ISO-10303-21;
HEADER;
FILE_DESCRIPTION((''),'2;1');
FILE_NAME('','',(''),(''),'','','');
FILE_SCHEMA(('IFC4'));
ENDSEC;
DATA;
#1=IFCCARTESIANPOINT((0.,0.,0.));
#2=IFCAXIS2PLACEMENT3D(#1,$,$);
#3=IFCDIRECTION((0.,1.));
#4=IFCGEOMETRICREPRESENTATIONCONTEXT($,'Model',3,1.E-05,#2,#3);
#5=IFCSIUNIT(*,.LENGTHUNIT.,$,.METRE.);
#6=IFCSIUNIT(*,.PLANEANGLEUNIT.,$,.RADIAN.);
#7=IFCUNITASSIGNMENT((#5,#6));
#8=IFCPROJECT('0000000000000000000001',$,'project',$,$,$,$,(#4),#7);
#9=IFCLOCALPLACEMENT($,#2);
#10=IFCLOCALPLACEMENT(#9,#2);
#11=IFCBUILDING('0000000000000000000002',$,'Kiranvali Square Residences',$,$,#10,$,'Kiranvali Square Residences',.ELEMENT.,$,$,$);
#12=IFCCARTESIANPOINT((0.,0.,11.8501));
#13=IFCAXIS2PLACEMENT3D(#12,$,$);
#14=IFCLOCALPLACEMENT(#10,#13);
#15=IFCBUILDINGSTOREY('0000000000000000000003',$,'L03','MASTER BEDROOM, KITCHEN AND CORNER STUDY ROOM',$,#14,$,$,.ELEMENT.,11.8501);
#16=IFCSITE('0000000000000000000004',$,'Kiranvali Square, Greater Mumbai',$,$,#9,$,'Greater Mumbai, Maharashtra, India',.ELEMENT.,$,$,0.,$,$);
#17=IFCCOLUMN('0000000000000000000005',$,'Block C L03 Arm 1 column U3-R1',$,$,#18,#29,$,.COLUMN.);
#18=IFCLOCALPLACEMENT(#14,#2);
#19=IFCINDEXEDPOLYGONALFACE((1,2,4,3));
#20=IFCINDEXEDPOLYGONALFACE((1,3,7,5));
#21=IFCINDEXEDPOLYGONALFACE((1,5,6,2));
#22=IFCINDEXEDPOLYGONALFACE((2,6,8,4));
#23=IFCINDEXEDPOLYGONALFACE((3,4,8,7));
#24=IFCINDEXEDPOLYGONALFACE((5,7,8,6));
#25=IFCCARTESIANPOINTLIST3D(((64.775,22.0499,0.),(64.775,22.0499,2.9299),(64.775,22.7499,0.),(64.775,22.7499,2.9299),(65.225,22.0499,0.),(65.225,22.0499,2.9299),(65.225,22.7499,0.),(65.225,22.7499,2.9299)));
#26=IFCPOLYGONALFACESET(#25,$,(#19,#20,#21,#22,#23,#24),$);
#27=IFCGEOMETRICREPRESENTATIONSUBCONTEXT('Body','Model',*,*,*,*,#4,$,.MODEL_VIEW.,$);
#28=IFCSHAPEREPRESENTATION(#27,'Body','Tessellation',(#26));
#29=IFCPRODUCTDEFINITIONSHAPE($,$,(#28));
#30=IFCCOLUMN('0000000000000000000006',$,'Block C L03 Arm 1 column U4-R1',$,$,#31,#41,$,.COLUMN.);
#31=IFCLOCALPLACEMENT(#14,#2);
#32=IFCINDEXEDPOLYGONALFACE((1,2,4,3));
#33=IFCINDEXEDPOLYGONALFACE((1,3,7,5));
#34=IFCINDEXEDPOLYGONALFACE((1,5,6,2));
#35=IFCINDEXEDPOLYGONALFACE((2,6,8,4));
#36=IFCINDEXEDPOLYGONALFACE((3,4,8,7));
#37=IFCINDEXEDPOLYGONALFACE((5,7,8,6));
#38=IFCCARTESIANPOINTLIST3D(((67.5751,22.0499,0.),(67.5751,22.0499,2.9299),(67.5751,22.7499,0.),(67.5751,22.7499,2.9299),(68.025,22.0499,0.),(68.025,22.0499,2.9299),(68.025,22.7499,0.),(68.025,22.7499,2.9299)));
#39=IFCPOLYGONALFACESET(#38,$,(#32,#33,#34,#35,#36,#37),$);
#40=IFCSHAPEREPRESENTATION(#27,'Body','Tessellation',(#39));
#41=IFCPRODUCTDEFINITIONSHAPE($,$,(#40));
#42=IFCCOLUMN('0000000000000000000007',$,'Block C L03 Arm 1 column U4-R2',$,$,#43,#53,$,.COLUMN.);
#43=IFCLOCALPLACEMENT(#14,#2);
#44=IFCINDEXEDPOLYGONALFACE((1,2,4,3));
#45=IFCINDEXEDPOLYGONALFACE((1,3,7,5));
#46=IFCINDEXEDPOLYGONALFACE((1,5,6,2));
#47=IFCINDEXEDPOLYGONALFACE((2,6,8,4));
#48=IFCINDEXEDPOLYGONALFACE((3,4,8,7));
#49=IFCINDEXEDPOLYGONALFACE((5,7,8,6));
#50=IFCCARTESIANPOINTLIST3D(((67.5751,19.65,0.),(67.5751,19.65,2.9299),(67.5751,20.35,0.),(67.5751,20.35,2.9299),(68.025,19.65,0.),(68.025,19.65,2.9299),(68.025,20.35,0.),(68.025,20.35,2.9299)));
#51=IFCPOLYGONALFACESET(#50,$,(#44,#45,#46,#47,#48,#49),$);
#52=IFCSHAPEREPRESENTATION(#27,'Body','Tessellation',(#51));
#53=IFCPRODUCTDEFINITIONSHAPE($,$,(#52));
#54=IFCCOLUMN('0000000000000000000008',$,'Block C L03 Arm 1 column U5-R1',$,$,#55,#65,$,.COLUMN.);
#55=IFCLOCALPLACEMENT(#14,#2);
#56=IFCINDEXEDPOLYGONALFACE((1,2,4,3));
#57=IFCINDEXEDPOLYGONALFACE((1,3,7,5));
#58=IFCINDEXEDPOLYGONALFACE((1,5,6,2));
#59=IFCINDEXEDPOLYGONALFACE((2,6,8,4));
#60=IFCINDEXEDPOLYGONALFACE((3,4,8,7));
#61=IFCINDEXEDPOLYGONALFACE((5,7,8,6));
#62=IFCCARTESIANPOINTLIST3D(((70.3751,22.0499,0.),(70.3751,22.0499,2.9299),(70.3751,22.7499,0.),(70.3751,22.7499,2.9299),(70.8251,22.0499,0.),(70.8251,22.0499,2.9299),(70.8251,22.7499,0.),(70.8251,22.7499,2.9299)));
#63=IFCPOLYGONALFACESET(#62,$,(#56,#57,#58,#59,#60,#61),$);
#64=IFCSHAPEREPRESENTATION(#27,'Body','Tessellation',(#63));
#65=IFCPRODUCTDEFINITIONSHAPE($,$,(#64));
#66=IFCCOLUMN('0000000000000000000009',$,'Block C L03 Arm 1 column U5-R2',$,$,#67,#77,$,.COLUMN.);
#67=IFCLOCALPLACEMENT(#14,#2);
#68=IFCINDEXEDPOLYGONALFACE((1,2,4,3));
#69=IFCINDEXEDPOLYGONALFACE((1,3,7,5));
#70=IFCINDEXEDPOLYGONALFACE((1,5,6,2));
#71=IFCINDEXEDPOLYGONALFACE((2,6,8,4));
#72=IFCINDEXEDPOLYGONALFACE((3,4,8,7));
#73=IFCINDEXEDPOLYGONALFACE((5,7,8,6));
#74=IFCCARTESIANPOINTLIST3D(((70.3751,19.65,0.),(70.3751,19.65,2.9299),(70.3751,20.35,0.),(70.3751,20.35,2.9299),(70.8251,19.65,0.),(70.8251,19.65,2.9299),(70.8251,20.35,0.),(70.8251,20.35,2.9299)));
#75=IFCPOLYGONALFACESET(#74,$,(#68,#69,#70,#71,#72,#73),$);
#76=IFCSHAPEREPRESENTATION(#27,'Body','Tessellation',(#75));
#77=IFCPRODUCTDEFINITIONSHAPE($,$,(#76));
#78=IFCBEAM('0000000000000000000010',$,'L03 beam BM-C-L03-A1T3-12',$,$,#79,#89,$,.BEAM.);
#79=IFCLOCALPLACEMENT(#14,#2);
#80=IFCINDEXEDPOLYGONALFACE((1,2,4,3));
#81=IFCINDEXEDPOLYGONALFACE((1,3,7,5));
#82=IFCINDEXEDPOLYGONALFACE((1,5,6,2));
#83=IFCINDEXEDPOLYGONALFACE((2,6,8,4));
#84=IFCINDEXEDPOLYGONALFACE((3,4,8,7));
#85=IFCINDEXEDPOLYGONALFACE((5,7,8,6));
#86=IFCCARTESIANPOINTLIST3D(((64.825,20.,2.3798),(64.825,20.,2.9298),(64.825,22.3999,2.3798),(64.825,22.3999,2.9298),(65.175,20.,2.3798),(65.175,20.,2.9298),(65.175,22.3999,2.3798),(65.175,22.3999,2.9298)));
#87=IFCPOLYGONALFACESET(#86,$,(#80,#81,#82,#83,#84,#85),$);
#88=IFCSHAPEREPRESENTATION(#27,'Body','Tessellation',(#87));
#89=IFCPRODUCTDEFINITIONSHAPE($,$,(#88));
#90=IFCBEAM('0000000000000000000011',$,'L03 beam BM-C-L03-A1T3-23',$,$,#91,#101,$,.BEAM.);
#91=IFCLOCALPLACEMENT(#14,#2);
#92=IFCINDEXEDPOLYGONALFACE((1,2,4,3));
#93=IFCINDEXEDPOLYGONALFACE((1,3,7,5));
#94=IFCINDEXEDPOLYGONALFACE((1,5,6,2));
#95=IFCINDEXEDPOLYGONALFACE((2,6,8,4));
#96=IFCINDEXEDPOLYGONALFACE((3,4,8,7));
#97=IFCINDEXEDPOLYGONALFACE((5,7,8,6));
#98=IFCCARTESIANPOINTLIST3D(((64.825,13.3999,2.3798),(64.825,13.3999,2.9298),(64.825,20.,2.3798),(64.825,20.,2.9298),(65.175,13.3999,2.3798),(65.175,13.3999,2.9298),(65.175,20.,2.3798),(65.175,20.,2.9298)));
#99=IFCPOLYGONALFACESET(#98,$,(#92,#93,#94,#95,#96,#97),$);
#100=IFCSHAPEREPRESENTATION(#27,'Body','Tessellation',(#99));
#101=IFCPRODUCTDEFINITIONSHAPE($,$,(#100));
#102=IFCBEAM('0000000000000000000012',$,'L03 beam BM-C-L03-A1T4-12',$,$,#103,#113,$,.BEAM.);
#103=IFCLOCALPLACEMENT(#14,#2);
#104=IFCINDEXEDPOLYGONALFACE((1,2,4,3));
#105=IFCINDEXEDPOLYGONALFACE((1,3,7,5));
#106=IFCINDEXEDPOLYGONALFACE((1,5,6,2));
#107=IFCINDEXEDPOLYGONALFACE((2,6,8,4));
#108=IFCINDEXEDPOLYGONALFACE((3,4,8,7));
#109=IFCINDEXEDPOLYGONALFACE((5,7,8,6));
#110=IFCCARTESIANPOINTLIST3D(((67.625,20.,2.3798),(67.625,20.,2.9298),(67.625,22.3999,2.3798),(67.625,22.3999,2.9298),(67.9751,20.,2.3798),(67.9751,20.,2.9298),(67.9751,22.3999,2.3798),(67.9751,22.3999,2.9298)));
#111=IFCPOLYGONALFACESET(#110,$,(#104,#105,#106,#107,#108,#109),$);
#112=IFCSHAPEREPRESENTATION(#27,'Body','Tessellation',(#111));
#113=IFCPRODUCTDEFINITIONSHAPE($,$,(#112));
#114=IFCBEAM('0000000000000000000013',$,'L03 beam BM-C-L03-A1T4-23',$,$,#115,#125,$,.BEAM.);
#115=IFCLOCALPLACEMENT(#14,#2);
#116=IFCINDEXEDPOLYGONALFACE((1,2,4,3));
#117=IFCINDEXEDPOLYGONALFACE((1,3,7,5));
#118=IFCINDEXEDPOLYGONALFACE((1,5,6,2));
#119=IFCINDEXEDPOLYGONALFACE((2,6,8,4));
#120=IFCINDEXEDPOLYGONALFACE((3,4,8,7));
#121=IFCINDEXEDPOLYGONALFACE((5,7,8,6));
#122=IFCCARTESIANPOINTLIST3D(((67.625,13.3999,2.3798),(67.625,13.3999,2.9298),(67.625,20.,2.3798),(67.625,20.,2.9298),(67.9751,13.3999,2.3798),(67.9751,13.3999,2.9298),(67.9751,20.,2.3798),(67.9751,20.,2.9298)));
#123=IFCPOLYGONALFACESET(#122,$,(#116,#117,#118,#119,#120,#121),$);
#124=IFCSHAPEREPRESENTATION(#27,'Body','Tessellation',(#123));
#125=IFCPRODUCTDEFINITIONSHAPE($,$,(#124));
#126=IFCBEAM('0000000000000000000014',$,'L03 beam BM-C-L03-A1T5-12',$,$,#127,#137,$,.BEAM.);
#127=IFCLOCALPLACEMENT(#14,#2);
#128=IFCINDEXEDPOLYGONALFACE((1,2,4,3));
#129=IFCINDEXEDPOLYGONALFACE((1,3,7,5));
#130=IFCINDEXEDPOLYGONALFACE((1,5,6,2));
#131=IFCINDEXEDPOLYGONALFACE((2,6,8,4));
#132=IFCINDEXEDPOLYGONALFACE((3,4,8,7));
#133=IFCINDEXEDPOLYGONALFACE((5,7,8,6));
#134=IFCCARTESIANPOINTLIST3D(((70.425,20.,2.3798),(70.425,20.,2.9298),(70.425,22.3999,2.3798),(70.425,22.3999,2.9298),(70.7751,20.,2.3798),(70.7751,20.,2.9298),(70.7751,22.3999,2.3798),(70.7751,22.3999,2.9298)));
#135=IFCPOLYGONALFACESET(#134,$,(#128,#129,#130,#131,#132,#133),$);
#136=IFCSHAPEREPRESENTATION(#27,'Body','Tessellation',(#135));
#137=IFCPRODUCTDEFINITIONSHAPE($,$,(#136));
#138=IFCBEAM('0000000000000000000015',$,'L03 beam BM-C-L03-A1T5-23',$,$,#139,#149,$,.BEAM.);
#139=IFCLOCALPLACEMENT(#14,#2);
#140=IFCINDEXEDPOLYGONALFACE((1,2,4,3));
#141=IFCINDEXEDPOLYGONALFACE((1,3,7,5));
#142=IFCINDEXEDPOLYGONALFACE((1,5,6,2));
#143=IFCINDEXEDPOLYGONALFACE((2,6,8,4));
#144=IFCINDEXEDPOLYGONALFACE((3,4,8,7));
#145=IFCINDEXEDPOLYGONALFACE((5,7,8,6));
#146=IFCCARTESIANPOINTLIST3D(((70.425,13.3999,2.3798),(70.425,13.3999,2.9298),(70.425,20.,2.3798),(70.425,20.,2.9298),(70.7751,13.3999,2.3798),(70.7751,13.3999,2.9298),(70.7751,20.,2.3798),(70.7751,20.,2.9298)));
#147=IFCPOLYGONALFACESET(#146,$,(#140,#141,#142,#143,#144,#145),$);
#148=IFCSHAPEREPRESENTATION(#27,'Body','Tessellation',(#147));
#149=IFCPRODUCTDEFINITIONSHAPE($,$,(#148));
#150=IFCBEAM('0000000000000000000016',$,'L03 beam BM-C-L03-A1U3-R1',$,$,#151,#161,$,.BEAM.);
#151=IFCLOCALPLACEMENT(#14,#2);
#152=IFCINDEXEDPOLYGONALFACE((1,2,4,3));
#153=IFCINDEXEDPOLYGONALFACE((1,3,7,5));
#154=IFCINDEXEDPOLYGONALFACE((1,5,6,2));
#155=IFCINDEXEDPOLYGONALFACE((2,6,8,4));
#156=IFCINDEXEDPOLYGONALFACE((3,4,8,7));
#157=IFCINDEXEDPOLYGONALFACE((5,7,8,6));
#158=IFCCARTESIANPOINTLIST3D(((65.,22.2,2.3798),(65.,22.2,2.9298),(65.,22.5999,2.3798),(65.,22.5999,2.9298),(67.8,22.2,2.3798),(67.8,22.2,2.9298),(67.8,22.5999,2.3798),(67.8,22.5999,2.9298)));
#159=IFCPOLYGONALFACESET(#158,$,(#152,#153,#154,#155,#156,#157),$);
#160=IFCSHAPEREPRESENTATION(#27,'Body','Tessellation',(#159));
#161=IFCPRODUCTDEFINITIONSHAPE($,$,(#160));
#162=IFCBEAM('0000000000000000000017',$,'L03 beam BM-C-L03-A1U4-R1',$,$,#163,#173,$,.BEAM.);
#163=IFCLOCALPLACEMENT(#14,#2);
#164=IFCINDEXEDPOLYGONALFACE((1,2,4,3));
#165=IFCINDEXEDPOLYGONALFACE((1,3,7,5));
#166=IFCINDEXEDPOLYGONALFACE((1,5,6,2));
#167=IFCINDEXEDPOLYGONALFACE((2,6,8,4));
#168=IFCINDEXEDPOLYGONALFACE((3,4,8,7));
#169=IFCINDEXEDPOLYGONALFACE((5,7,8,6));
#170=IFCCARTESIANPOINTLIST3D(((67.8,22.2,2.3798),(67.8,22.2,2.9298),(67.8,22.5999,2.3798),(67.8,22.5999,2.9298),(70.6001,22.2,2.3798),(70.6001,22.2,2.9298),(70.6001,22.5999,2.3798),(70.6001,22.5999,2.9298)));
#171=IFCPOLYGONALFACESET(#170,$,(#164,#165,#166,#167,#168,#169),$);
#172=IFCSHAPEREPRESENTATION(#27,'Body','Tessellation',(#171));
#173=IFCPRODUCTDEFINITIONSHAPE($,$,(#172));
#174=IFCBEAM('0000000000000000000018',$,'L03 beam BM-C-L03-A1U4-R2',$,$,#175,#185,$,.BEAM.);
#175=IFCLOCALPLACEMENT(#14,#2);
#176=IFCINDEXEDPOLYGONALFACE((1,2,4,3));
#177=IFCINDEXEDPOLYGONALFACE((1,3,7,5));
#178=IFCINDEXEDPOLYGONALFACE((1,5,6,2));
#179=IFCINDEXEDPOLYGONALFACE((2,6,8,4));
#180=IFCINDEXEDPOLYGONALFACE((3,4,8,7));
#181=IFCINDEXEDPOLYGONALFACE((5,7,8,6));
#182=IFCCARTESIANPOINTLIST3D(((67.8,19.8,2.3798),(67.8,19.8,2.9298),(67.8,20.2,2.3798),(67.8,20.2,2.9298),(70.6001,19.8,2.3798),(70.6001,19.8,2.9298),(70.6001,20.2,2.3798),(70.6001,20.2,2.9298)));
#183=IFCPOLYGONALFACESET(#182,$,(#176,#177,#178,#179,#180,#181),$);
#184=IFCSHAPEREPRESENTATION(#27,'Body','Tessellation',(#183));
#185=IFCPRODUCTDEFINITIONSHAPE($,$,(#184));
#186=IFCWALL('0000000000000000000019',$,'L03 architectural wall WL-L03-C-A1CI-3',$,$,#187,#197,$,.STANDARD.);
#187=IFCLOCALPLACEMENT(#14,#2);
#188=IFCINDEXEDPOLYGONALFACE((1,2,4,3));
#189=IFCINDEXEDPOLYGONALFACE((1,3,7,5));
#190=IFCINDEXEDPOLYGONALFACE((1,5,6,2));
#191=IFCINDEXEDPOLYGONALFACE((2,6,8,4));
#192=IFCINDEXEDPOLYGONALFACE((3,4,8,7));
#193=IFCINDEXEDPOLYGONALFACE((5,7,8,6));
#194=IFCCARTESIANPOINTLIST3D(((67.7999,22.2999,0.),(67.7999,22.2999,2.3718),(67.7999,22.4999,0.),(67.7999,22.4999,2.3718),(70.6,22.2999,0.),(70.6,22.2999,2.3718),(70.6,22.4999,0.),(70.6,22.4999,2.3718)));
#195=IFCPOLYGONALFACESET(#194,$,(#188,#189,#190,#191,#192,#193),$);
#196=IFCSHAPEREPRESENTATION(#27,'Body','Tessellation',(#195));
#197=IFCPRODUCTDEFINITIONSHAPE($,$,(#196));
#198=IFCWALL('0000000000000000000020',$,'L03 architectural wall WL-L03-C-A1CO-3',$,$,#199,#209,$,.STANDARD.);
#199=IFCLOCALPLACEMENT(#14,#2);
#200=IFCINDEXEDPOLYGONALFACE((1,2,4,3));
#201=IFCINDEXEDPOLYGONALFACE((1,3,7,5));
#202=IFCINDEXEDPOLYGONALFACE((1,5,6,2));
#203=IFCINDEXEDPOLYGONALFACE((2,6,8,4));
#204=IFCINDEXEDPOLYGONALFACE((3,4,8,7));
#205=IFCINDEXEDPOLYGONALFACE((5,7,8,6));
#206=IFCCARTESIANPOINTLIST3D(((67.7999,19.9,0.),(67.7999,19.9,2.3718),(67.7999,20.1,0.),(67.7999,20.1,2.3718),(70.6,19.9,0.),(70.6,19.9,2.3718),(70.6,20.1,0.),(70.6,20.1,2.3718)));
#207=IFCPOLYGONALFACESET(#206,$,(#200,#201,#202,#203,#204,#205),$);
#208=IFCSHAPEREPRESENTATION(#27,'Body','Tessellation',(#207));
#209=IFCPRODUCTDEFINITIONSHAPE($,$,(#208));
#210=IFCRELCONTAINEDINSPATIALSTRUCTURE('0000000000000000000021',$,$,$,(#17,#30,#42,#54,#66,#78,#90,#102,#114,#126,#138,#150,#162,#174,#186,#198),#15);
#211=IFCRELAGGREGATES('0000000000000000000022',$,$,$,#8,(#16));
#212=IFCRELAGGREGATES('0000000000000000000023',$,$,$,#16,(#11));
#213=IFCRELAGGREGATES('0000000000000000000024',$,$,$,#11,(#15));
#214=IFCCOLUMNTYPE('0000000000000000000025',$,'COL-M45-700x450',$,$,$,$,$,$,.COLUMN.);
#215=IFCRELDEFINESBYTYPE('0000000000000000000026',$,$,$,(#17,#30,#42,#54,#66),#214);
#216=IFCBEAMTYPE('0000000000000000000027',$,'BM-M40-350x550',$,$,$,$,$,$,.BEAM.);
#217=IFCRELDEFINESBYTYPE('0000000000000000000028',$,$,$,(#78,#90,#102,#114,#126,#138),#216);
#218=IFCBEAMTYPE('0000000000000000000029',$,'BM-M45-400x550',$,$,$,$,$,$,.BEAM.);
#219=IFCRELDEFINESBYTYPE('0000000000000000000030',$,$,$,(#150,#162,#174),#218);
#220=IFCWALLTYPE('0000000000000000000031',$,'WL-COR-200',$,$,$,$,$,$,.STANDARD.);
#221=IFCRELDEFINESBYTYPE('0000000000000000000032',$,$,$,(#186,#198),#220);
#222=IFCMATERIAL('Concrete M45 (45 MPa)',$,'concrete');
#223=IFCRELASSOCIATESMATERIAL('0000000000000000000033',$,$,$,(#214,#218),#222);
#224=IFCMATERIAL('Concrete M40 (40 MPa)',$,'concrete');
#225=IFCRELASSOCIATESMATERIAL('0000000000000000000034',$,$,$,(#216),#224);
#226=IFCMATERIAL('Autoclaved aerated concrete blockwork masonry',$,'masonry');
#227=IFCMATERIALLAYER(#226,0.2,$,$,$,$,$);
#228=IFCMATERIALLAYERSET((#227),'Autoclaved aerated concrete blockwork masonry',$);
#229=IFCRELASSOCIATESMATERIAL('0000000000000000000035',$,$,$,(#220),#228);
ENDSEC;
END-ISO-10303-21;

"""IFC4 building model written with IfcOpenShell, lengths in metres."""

from ifc_helpers import new_model, si_unit, direction, frame, frame_2d, origin, origin_2d, place, context, subcontext, project, spatial, rectangle, extrude, material, layer, layer_set, material_profile, profile_set, type_object, element, save


model = new_model("IFC4")

# Units and contexts
model_context = context("Model", 3, precision=1e-05, world=origin(), true_north=direction((0.0, 1.0)))
body_context = subcontext(model_context, "Body", "Model", "MODEL_VIEW")
ifc_project = project(units=[si_unit("LENGTHUNIT", "METRE"), si_unit("PLANEANGLEUNIT", "RADIAN")], contexts=[model_context])

# Site, building, storey
site_placement = place(None, origin())
site = spatial("IfcSite", under=ifc_project, at=site_placement, Name="Kiranvali Square, Greater Mumbai", LongName="Greater Mumbai, Maharashtra, India", CompositionType="ELEMENT", RefElevation=0.0)
building_placement = place(site_placement, origin())
building = spatial("IfcBuilding", under=site, at=building_placement, Name="Kiranvali Square Residences", LongName="Kiranvali Square Residences", CompositionType="ELEMENT")
storey_placement = place(building_placement, frame((0.0, 0.0, 11.8501)))
storey = spatial("IfcBuildingStorey", under=building, at=storey_placement, Name="L03", Description="MASTER BEDROOM, KITCHEN AND CORNER STUDY ROOM", CompositionType="ELEMENT", Elevation=11.8501)

# Columns
ifc_material_1 = material(Name="Concrete M45 (45 MPa)", Category="concrete")
ifc_material_profile_1 = material_profile(ifc_material_1, rectangle(XDim=0.45, YDim=0.7, at=origin_2d()), Name="RC 700x450")
ifc_profile_set_1 = profile_set([ifc_material_profile_1], Name="Concrete M45 (45 MPa)")
column_type = type_object("IfcColumnType", Name="COL-M45-700x450", PredefinedType="COLUMN", material=ifc_profile_set_1)
for number, where, z_axis, x_axis, name in (
    (1, (65.0, 22.3999, 0.0), (0.0, 0.0, 1.0), (1.0, 0.0, 0.0), "Block C L03 Arm 1 column U3-R1"),
    (2, (67.8, 22.3999, 0.0), (0.0, 0.0, 1.0), (1.0, 0.0, 0.0), "Block C L03 Arm 1 column U4-R1"),
    (3, (67.8, 20.0, 0.0), (0.0, 0.0, 1.0), (1.0, 0.0, 0.0), "Block C L03 Arm 1 column U4-R2"),
    (4, (70.6001, 22.3999, 0.0), (0.0, 0.0, 1.0), (1.0, 0.0, 0.0), "Block C L03 Arm 1 column U5-R1"),
    (5, (70.6001, 20.0, 0.0), (0.0, 0.0, 1.0), (1.0, 0.0, 0.0), "Block C L03 Arm 1 column U5-R2"),
):
    element("IfcColumn", number, at=place(storey_placement, frame(where, z_axis=z_axis, x_axis=x_axis)), inside=storey, type_object=column_type, Name=name, PredefinedType="COLUMN", context=body_context, shape_type="SweptSolid", body=[
        extrude(rectangle(XDim=0.45, YDim=0.7, at=origin_2d()), origin(), (0.0, 0.0, 1.0), 2.9299),
    ])

# Beams
ifc_material_2 = material(Name="Concrete M40 (40 MPa)", Category="concrete")
ifc_material_profile_2 = material_profile(ifc_material_2, rectangle(XDim=0.3501, YDim=0.55, at=origin_2d()), Name="RC 350x550")
ifc_profile_set_2 = profile_set([ifc_material_profile_2], Name="Concrete M40 (40 MPa)")
beam_type_1 = type_object("IfcBeamType", Name="BM-M40-350x550", PredefinedType="BEAM", material=ifc_profile_set_2)
beam_1_placement = place(storey_placement, frame((65.0, 22.3999, 2.6548), z_axis=(0.0, -1.0, 0.0), x_axis=(1.0, 0.0, 0.0)))
element("IfcBeam", 6, at=beam_1_placement, inside=storey, type_object=beam_type_1, Name="L03 beam BM-C-L03-A1T3-12", PredefinedType="BEAM", context=body_context, shape_type="SweptSolid", body=[
    extrude(rectangle(XDim=0.3501, YDim=0.55, at=origin_2d()), origin(), (0.0, 0.0, 1.0), 2.3999),
])
beam_2_placement = place(storey_placement, frame((65.0, 20.0, 2.6548), z_axis=(0.0, -1.0, 0.0), x_axis=(1.0, 0.0, 0.0)))
element("IfcBeam", 7, at=beam_2_placement, inside=storey, type_object=beam_type_1, Name="L03 beam BM-C-L03-A1T3-23", PredefinedType="BEAM", context=body_context, shape_type="SweptSolid", body=[
    extrude(rectangle(XDim=0.3501, YDim=0.55, at=origin_2d()), origin(), (0.0, 0.0, 1.0), 6.6001),
])
beam_3_placement = place(storey_placement, frame((67.8, 22.3999, 2.6548), z_axis=(0.0, -1.0, 0.0), x_axis=(1.0, 0.0, 0.0)))
element("IfcBeam", 8, at=beam_3_placement, inside=storey, type_object=beam_type_1, Name="L03 beam BM-C-L03-A1T4-12", PredefinedType="BEAM", context=body_context, shape_type="SweptSolid", body=[
    extrude(rectangle(XDim=0.3501, YDim=0.55, at=origin_2d()), origin(), (0.0, 0.0, 1.0), 2.3999),
])
beam_4_placement = place(storey_placement, frame((67.8, 20.0, 2.6548), z_axis=(0.0, -1.0, 0.0), x_axis=(1.0, 0.0, 0.0)))
element("IfcBeam", 9, at=beam_4_placement, inside=storey, type_object=beam_type_1, Name="L03 beam BM-C-L03-A1T4-23", PredefinedType="BEAM", context=body_context, shape_type="SweptSolid", body=[
    extrude(rectangle(XDim=0.3501, YDim=0.55, at=origin_2d()), origin(), (0.0, 0.0, 1.0), 6.6001),
])
beam_5_placement = place(storey_placement, frame((70.6001, 22.3999, 2.6548), z_axis=(0.0, -1.0, 0.0), x_axis=(1.0, 0.0, 0.0)))
element("IfcBeam", 10, at=beam_5_placement, inside=storey, type_object=beam_type_1, Name="L03 beam BM-C-L03-A1T5-12", PredefinedType="BEAM", context=body_context, shape_type="SweptSolid", body=[
    extrude(rectangle(XDim=0.3501, YDim=0.55, at=origin_2d()), origin(), (0.0, 0.0, 1.0), 2.3999),
])
beam_6_placement = place(storey_placement, frame((70.6001, 20.0, 2.6548), z_axis=(0.0, -1.0, 0.0), x_axis=(1.0, 0.0, 0.0)))
element("IfcBeam", 11, at=beam_6_placement, inside=storey, type_object=beam_type_1, Name="L03 beam BM-C-L03-A1T5-23", PredefinedType="BEAM", context=body_context, shape_type="SweptSolid", body=[
    extrude(rectangle(XDim=0.3501, YDim=0.55, at=origin_2d()), origin(), (0.0, 0.0, 1.0), 6.6001),
])
ifc_material_profile_3 = material_profile(ifc_material_1, rectangle(XDim=0.3999, YDim=0.55, at=origin_2d()), Name="RC 400x550")
ifc_profile_set_3 = profile_set([ifc_material_profile_3], Name="Concrete M45 (45 MPa)")
beam_type_2 = type_object("IfcBeamType", Name="BM-M45-400x550", PredefinedType="BEAM", material=ifc_profile_set_3)
for number, where, z_axis, x_axis, name in (
    (12, (65.0, 22.3999, 2.6548), (1.0, 0.0, 0.0), (0.0, 1.0, 0.0), "L03 beam BM-C-L03-A1U3-R1"),
    (13, (67.8, 22.3999, 2.6548), (1.0, 0.0, 0.0), (0.0, 1.0, 0.0), "L03 beam BM-C-L03-A1U4-R1"),
    (14, (67.8, 20.0, 2.6548), (1.0, 0.0, 0.0), (0.0, 1.0, 0.0), "L03 beam BM-C-L03-A1U4-R2"),
):
    element("IfcBeam", number, at=place(storey_placement, frame(where, z_axis=z_axis, x_axis=x_axis)), inside=storey, type_object=beam_type_2, Name=name, PredefinedType="BEAM", context=body_context, shape_type="SweptSolid", body=[
        extrude(rectangle(XDim=0.3999, YDim=0.55, at=origin_2d()), origin(), (0.0, 0.0, 1.0), 2.8),
    ])

# Shared definitions
ifc_material_3 = material(Name="Autoclaved aerated concrete blockwork masonry", Category="masonry")
ifc_layer_1 = layer(ifc_material_3, 0.2)
ifc_layer_set_1 = layer_set([ifc_layer_1], Name="Autoclaved aerated concrete blockwork masonry")
wall_type_1 = type_object("IfcWallType", Name="WL-COR-200", PredefinedType="STANDARD", material=ifc_layer_set_1)

# Walls
for number, where, z_axis, x_axis, name in (
    (15, (67.8, 22.3999, 0.0), (0.0, 0.0, 1.0), (1.0, 0.0, 0.0), "L03 architectural wall WL-L03-C-A1CI-3"),
    (16, (67.8, 20.0, 0.0), (0.0, 0.0, 1.0), (1.0, 0.0, 0.0), "L03 architectural wall WL-L03-C-A1CO-3"),
):
    element("IfcWall", number, at=place(storey_placement, frame(where, z_axis=z_axis, x_axis=x_axis)), inside=storey, type_object=wall_type_1, Name=name, PredefinedType="STANDARD", context=body_context, shape_type="SweptSolid", body=[
        extrude(rectangle(XDim=2.8, YDim=0.2, at=frame_2d((1.3999, 0.0))), origin(), (0.0, 0.0, 1.0), 2.3718),
    ])

save(model, "model.ifc")
